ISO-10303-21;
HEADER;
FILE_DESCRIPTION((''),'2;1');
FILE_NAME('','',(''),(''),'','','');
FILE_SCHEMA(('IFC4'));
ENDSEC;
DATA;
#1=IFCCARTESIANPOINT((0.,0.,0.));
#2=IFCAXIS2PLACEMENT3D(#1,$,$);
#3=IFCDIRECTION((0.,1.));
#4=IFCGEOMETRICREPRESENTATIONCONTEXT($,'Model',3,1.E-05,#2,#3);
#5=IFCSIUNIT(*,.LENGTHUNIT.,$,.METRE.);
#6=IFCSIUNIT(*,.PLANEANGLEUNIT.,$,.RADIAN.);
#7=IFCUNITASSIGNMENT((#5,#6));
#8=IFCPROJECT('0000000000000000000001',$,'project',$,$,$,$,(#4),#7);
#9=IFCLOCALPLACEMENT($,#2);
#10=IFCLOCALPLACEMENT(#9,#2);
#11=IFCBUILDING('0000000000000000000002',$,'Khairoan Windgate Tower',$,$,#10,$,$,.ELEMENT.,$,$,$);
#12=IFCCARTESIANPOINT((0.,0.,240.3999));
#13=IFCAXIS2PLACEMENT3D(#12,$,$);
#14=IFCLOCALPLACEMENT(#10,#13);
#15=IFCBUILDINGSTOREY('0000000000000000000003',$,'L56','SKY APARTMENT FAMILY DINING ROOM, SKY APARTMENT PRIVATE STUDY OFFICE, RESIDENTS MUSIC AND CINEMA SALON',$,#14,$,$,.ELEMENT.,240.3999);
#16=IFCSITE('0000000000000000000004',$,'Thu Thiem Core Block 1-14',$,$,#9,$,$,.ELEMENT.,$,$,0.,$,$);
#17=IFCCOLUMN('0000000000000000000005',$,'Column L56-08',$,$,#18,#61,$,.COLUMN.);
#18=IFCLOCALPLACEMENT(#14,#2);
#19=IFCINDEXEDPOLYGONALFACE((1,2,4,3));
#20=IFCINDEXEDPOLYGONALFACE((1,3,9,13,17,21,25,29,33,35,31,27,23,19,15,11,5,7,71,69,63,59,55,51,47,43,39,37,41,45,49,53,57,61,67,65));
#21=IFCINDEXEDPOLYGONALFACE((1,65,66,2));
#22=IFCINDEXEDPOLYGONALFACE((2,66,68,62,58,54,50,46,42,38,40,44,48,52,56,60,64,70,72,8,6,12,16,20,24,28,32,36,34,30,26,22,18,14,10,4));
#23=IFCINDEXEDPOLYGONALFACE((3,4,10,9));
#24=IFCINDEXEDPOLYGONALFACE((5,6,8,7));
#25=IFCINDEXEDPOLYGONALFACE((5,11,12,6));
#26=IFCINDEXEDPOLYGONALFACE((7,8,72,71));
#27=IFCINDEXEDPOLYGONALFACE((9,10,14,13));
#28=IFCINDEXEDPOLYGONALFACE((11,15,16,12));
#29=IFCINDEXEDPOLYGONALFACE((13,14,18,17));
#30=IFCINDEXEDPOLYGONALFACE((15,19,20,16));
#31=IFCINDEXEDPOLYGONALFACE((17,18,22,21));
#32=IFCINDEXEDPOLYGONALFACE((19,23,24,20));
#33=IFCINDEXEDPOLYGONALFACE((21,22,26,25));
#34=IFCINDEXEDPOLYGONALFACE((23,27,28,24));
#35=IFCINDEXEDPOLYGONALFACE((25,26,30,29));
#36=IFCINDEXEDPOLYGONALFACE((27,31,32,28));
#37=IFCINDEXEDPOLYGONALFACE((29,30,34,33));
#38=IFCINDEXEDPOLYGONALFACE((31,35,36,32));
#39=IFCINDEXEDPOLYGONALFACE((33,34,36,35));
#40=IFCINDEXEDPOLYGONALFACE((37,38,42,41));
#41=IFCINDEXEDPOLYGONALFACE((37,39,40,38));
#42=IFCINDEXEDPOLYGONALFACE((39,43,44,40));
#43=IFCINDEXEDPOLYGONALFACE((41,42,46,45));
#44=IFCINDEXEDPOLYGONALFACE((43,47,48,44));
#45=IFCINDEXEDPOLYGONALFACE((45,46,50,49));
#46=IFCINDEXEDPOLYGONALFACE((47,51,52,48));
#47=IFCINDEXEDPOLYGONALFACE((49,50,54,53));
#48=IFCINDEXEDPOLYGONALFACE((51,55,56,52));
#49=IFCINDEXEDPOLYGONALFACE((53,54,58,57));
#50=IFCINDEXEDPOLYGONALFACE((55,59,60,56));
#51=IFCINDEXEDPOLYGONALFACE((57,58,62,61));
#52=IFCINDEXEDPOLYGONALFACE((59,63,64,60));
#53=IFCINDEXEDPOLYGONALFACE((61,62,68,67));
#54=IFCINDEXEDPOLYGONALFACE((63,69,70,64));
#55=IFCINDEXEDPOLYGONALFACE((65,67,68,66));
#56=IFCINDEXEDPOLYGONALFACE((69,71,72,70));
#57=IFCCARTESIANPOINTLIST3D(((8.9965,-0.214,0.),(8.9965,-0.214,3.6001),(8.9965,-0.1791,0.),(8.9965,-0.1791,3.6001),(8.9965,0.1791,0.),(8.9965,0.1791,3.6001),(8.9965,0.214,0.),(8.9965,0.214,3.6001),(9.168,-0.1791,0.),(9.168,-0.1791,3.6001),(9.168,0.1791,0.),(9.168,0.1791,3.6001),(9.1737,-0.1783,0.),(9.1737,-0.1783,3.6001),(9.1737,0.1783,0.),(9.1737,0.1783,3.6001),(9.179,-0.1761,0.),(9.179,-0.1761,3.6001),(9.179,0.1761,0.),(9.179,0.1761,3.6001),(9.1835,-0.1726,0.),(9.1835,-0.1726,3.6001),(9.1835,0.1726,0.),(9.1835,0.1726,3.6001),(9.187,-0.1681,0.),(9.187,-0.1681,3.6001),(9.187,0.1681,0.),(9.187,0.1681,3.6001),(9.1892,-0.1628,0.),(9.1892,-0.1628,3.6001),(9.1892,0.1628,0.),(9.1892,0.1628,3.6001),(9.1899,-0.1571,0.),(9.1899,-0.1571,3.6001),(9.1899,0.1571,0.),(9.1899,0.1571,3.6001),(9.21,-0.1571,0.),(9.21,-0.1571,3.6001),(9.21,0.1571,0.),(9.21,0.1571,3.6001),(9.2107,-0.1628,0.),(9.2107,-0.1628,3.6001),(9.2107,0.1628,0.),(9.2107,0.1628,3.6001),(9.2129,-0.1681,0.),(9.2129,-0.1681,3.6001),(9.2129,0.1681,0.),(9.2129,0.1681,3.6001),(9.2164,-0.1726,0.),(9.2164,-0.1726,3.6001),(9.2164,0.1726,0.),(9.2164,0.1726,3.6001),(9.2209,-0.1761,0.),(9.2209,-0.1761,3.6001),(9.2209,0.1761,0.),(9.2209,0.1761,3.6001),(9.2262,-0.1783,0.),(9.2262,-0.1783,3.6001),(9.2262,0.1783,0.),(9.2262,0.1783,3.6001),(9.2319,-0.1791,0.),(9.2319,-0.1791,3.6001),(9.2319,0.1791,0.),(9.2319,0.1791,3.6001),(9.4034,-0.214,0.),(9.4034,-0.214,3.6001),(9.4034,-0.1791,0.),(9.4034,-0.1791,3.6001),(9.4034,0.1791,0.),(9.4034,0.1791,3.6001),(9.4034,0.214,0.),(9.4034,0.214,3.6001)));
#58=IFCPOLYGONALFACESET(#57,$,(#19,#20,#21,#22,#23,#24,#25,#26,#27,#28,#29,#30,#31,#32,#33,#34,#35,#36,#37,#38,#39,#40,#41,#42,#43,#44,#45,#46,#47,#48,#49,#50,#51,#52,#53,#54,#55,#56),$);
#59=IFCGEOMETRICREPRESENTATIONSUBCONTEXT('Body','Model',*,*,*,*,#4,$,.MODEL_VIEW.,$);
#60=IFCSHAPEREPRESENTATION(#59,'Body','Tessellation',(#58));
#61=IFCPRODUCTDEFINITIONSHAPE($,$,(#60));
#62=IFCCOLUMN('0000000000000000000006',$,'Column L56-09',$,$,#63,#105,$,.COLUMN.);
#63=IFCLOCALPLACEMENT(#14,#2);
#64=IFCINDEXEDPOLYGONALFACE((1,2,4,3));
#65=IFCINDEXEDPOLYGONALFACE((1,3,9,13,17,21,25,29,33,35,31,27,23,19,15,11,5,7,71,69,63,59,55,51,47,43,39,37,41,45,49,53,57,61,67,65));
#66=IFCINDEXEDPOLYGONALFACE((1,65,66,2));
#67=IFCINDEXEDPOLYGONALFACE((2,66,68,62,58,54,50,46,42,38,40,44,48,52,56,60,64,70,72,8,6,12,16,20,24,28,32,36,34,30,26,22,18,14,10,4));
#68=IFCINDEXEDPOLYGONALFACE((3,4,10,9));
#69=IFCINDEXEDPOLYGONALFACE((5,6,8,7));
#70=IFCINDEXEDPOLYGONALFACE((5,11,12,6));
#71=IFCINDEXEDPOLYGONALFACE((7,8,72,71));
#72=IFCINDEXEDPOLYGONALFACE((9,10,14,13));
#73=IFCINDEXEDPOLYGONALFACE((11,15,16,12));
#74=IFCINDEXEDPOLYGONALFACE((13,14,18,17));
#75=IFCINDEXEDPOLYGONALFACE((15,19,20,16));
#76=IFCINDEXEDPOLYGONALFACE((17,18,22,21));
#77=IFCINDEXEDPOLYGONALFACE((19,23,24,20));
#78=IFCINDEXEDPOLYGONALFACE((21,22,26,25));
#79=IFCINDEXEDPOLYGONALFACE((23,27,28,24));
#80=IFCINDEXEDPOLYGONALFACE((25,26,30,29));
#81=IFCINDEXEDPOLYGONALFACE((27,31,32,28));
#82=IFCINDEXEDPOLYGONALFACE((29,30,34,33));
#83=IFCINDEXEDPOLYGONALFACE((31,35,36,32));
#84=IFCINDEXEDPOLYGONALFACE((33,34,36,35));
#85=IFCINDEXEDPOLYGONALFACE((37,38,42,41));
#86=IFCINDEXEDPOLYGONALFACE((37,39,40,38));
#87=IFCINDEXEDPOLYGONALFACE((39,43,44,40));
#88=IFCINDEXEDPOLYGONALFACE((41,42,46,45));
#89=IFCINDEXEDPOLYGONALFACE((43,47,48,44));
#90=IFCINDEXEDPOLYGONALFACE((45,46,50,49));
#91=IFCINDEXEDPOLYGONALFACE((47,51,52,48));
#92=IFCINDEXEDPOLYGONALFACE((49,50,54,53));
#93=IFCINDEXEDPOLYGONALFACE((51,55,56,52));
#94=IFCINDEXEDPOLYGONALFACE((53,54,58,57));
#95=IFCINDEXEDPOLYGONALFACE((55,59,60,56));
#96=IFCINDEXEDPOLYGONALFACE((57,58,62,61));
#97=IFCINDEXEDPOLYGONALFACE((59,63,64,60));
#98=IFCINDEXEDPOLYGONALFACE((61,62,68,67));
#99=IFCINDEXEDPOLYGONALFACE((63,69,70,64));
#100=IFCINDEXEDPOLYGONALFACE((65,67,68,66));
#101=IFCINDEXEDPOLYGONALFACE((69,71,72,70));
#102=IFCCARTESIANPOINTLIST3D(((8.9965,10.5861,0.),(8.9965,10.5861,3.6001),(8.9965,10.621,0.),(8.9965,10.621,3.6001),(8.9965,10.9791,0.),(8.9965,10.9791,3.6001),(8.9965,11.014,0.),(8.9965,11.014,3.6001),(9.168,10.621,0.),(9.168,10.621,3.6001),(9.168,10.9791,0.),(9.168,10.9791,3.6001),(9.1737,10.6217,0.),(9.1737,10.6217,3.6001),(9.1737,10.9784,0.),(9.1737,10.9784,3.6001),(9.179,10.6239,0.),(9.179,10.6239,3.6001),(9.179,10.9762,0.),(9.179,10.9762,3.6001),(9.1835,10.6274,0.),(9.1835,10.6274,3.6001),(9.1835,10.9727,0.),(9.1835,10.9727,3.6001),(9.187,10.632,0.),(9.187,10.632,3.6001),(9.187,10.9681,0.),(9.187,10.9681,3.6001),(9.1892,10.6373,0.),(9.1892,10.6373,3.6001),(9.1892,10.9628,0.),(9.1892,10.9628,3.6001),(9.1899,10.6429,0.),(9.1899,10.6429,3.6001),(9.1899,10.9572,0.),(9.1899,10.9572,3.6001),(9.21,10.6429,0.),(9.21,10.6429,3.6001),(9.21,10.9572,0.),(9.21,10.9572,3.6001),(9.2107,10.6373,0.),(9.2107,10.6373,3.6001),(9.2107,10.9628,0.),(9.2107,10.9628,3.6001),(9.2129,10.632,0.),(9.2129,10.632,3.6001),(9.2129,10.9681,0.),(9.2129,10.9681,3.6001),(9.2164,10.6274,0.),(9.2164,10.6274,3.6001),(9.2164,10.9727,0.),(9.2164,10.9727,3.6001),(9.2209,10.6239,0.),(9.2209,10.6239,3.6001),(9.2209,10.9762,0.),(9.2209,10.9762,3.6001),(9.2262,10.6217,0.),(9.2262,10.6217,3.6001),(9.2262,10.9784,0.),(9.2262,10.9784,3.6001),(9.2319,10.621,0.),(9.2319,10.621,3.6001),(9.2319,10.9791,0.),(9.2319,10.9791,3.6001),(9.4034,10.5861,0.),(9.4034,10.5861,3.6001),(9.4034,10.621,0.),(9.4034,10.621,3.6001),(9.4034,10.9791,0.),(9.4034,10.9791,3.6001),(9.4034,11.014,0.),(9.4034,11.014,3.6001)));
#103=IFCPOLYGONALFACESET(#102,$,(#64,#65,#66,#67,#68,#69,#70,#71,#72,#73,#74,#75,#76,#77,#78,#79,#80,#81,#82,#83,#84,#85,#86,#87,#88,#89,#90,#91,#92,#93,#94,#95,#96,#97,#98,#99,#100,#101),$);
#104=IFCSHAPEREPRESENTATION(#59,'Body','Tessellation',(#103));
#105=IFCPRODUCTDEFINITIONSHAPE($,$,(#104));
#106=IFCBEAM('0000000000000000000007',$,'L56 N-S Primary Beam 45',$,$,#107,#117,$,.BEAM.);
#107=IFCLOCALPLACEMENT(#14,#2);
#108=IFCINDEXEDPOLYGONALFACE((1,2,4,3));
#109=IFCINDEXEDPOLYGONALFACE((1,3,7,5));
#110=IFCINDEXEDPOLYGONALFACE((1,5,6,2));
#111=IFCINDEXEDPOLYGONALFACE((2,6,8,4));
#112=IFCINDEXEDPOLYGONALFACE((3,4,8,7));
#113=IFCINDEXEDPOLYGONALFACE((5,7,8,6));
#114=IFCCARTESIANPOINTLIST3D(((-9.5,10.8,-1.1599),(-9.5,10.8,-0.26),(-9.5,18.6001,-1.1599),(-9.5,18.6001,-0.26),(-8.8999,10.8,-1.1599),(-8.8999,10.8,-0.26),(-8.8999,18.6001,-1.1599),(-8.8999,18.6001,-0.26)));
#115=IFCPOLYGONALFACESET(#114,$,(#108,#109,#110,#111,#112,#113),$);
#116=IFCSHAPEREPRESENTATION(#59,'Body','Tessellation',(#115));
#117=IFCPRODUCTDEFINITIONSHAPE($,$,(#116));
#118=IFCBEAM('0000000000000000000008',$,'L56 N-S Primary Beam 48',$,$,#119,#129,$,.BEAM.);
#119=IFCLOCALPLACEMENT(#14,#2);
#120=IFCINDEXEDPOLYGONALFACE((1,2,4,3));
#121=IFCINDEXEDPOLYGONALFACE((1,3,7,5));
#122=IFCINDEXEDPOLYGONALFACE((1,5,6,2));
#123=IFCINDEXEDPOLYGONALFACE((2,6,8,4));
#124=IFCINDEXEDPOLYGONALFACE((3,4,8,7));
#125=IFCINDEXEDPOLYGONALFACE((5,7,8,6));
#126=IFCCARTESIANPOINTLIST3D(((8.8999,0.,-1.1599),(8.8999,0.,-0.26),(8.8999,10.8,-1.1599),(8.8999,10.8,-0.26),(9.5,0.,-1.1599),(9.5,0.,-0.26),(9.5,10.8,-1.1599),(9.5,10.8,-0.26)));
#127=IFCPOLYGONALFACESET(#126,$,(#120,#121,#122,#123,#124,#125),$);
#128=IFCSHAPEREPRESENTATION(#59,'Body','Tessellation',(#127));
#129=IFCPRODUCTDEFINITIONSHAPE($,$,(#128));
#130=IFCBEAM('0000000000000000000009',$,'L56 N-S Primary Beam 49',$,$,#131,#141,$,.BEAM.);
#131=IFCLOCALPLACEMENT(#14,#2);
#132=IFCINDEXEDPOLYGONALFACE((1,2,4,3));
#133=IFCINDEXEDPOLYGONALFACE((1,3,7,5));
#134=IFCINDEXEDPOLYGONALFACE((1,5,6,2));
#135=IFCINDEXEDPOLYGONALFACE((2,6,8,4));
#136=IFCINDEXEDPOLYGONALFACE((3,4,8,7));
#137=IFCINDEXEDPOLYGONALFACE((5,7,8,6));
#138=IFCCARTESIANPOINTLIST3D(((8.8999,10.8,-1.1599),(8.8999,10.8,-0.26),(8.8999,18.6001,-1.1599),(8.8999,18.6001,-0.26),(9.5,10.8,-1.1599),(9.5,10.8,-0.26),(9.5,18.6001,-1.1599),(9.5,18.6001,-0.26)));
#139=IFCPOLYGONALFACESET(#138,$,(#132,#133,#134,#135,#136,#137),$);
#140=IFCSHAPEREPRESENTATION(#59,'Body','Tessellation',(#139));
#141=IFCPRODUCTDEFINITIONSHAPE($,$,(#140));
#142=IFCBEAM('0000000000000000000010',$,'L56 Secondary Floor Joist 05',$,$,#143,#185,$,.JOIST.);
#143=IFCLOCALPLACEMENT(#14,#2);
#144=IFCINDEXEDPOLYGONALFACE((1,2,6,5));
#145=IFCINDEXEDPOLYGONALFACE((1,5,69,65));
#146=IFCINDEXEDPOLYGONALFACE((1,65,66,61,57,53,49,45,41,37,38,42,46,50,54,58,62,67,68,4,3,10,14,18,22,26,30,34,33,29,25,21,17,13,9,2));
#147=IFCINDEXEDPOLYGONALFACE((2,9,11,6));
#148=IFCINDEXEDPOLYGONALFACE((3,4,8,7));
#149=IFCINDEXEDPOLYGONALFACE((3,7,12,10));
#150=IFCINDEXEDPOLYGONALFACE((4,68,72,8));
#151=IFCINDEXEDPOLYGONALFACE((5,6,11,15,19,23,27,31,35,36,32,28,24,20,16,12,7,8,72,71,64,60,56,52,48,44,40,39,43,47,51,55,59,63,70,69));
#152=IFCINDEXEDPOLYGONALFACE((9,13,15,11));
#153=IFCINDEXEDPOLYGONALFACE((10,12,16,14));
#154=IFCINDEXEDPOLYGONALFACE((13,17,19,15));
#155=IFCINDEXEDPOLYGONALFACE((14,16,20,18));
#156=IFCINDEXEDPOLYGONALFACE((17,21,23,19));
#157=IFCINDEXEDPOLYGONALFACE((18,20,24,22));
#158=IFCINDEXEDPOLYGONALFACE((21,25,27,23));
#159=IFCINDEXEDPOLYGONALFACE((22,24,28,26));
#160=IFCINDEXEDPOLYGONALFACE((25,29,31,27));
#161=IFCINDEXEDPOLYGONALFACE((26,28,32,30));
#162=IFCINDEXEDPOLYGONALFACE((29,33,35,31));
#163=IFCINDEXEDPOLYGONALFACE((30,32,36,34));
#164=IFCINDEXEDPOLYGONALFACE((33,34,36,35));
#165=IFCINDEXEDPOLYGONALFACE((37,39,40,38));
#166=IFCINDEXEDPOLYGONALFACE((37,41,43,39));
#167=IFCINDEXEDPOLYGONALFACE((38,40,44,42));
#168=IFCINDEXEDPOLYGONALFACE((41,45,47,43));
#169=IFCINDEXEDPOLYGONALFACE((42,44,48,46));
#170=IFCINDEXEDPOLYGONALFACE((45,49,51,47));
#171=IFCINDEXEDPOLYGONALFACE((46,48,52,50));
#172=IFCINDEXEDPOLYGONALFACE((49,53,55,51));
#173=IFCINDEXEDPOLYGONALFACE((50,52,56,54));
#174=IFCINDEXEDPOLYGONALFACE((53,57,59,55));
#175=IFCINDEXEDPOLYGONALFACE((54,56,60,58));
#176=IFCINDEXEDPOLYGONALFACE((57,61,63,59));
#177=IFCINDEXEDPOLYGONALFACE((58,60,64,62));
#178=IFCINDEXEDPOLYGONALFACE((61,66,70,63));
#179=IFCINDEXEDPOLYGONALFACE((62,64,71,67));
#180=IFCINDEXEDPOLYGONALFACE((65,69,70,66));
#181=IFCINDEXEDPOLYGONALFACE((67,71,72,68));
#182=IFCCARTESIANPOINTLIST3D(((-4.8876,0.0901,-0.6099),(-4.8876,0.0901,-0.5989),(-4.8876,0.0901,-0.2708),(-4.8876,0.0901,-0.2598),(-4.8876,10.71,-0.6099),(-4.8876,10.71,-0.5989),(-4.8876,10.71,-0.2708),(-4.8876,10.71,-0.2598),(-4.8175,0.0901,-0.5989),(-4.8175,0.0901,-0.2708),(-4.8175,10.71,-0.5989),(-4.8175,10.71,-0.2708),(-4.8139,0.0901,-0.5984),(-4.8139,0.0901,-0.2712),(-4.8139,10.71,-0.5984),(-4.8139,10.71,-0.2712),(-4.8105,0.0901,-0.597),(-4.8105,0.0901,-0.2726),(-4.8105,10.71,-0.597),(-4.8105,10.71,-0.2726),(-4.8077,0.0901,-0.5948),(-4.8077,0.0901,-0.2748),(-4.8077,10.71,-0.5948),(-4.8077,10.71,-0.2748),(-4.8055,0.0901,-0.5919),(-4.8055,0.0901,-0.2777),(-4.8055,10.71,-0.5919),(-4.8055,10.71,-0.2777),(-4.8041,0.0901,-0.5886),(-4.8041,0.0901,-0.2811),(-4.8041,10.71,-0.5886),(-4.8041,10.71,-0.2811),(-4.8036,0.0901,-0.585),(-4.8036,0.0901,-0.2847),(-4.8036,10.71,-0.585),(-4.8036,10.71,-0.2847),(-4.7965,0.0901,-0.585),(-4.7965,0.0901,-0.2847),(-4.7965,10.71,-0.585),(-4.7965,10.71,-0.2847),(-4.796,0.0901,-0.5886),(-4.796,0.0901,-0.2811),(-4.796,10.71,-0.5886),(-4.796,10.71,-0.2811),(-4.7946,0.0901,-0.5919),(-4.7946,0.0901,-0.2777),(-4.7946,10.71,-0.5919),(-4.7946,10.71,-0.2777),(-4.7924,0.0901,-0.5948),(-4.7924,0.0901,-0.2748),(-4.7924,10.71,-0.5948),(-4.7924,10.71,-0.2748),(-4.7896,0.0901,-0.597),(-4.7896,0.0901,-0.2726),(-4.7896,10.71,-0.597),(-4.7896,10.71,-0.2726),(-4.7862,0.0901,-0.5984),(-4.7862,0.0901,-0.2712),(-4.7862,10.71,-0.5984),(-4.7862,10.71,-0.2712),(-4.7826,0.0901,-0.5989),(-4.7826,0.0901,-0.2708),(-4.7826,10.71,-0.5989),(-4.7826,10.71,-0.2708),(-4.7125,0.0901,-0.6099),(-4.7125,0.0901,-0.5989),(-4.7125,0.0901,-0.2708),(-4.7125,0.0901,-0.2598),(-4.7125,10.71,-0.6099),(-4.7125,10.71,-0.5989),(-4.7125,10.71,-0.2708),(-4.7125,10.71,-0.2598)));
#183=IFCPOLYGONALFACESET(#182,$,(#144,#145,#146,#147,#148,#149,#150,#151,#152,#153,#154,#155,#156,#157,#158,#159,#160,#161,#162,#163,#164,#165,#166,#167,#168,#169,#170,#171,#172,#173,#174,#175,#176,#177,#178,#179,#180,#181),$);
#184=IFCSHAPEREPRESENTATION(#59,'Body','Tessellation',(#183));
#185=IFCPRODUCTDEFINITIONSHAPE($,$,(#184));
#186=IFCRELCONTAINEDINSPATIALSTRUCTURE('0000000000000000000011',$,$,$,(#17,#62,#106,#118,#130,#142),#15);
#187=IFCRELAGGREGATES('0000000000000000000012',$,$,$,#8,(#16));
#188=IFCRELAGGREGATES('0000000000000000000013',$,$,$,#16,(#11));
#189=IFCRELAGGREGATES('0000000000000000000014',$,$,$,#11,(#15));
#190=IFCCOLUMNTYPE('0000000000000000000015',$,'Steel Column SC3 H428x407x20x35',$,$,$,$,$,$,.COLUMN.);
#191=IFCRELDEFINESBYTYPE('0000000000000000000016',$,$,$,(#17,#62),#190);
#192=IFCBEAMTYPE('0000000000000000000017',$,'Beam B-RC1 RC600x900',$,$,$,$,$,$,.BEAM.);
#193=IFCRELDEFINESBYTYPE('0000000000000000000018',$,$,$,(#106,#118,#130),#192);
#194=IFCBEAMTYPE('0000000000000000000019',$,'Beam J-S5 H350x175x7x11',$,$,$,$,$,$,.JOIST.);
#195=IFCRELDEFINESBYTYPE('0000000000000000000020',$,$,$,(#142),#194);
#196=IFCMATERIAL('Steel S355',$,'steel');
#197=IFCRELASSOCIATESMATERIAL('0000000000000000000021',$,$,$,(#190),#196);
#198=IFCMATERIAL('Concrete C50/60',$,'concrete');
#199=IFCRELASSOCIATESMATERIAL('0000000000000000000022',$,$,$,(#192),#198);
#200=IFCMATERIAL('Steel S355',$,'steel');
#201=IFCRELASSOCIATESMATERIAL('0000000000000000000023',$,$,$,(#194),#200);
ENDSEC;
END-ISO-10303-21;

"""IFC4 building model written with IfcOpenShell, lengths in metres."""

from ifc_helpers import new_model, si_unit, direction, frame, origin, origin_2d, place, context, subcontext, project, spatial, rectangle, i_section, extrude, material, material_profile, profile_set, type_object, element, save


model = new_model("IFC4")

# Units and contexts
model_context = context("Model", 3, precision=1e-05, world=origin(), true_north=direction((0.0, 1.0)))
body_context = subcontext(model_context, "Body", "Model", "MODEL_VIEW")
ifc_project = project(units=[si_unit("LENGTHUNIT", "METRE"), si_unit("PLANEANGLEUNIT", "RADIAN")], contexts=[model_context])

# Site, building, storey
site_placement = place(None, origin())
site = spatial("IfcSite", under=ifc_project, at=site_placement, Name="Thu Thiem Core Block 1-14", CompositionType="ELEMENT", RefElevation=0.0)
building_placement = place(site_placement, origin())
building = spatial("IfcBuilding", under=site, at=building_placement, Name="Khairoan Windgate Tower", CompositionType="ELEMENT")
storey_placement = place(building_placement, frame((0.0, 0.0, 240.3999)))
storey = spatial("IfcBuildingStorey", under=building, at=storey_placement, Name="L56", Description="SKY APARTMENT FAMILY DINING ROOM, SKY APARTMENT PRIVATE STUDY OFFICE, RESIDENTS MUSIC AND CINEMA SALON", CompositionType="ELEMENT", Elevation=240.3999)

# Columns
ifc_material_1 = material(Name="Steel S355", Category="steel")
ifc_material_profile_1 = material_profile(ifc_material_1, i_section(OverallWidth=0.407, OverallDepth=0.428, WebThickness=0.02, FlangeThickness=0.0349, FilletRadius=0.022, at=origin_2d()))
ifc_profile_set_1 = profile_set([ifc_material_profile_1], Name="Steel S355")
column_type = type_object("IfcColumnType", Name="Steel Column SC3 H428x407x20x35", PredefinedType="COLUMN", material=ifc_profile_set_1)
for number, where, z_axis, x_axis, name in (
    (1, (9.2, 0.0, 0.0), (0.0, 0.0, 1.0), (1.0, 0.0, 0.0), "Column L56-08"),
    (2, (9.2, 10.8, 0.0), (0.0, 0.0, 1.0), (1.0, 0.0, 0.0), "Column L56-09"),
):
    element("IfcColumn", number, at=place(storey_placement, frame(where, z_axis=z_axis, x_axis=x_axis)), inside=storey, type_object=column_type, Name=name, PredefinedType="COLUMN", context=body_context, shape_type="SweptSolid", body=[
        extrude(i_section(OverallWidth=0.407, OverallDepth=0.428, WebThickness=0.02, FlangeThickness=0.0349, FilletRadius=0.022, at=origin_2d()), origin(), (0.0, 0.0, 1.0), 3.6001),
    ])

# Beams
ifc_material_2 = material(Name="Concrete C50/60", Category="concrete")
ifc_material_profile_2 = material_profile(ifc_material_2, rectangle(XDim=0.6001, YDim=0.8999, at=origin_2d()))
ifc_profile_set_2 = profile_set([ifc_material_profile_2], Name="Concrete C50/60")
beam_type_1 = type_object("IfcBeamType", Name="Beam B-RC1 RC600x900", PredefinedType="BEAM", material=ifc_profile_set_2)
beam_1_placement = place(storey_placement, frame((-9.2, 10.8, -0.71), z_axis=(0.0, 1.0, 0.0), x_axis=(-1.0, 0.0, 0.0)))
element("IfcBeam", 3, at=beam_1_placement, inside=storey, type_object=beam_type_1, Name="L56 N-S Primary Beam 45", PredefinedType="BEAM", context=body_context, shape_type="SweptSolid", body=[
    extrude(rectangle(XDim=0.6001, YDim=0.8999, at=origin_2d()), origin(), (0.0, 0.0, 1.0), 7.8),
])
beam_2_placement = place(storey_placement, frame((9.2, 0.0, -0.71), z_axis=(0.0, 1.0, 0.0), x_axis=(-1.0, 0.0, 0.0)))
element("IfcBeam", 4, at=beam_2_placement, inside=storey, type_object=beam_type_1, Name="L56 N-S Primary Beam 48", PredefinedType="BEAM", context=body_context, shape_type="SweptSolid", body=[
    extrude(rectangle(XDim=0.6001, YDim=0.8999, at=origin_2d()), origin(), (0.0, 0.0, 1.0), 10.8),
])
beam_3_placement = place(storey_placement, frame((9.2, 10.8, -0.71), z_axis=(0.0, 1.0, 0.0), x_axis=(-1.0, 0.0, 0.0)))
element("IfcBeam", 5, at=beam_3_placement, inside=storey, type_object=beam_type_1, Name="L56 N-S Primary Beam 49", PredefinedType="BEAM", context=body_context, shape_type="SweptSolid", body=[
    extrude(rectangle(XDim=0.6001, YDim=0.8999, at=origin_2d()), origin(), (0.0, 0.0, 1.0), 7.8),
])
ifc_material_3 = material(Name="Steel S355", Category="steel")
ifc_material_profile_3 = material_profile(ifc_material_3, i_section(OverallWidth=0.175, OverallDepth=0.3501, WebThickness=0.0071, FlangeThickness=0.011, FilletRadius=0.0139, at=origin_2d()))
ifc_profile_set_3 = profile_set([ifc_material_profile_3], Name="Steel S355")
beam_type_2 = type_object("IfcBeamType", Name="Beam J-S5 H350x175x7x11", PredefinedType="JOIST", material=ifc_profile_set_3)
beam_4_placement = place(storey_placement, frame((-4.8, 0.0901, -0.4348), z_axis=(0.0, 1.0, 0.0), x_axis=(-1.0, 0.0, 0.0)))
element("IfcBeam", 6, at=beam_4_placement, inside=storey, type_object=beam_type_2, Name="L56 Secondary Floor Joist 05", PredefinedType="JOIST", context=body_context, shape_type="SweptSolid", body=[
    extrude(i_section(OverallWidth=0.175, OverallDepth=0.3501, WebThickness=0.0071, FlangeThickness=0.011, FilletRadius=0.0139, at=origin_2d()), origin(), (0.0, 0.0, 1.0), 10.6199),
])

save(model, "model.ifc")
